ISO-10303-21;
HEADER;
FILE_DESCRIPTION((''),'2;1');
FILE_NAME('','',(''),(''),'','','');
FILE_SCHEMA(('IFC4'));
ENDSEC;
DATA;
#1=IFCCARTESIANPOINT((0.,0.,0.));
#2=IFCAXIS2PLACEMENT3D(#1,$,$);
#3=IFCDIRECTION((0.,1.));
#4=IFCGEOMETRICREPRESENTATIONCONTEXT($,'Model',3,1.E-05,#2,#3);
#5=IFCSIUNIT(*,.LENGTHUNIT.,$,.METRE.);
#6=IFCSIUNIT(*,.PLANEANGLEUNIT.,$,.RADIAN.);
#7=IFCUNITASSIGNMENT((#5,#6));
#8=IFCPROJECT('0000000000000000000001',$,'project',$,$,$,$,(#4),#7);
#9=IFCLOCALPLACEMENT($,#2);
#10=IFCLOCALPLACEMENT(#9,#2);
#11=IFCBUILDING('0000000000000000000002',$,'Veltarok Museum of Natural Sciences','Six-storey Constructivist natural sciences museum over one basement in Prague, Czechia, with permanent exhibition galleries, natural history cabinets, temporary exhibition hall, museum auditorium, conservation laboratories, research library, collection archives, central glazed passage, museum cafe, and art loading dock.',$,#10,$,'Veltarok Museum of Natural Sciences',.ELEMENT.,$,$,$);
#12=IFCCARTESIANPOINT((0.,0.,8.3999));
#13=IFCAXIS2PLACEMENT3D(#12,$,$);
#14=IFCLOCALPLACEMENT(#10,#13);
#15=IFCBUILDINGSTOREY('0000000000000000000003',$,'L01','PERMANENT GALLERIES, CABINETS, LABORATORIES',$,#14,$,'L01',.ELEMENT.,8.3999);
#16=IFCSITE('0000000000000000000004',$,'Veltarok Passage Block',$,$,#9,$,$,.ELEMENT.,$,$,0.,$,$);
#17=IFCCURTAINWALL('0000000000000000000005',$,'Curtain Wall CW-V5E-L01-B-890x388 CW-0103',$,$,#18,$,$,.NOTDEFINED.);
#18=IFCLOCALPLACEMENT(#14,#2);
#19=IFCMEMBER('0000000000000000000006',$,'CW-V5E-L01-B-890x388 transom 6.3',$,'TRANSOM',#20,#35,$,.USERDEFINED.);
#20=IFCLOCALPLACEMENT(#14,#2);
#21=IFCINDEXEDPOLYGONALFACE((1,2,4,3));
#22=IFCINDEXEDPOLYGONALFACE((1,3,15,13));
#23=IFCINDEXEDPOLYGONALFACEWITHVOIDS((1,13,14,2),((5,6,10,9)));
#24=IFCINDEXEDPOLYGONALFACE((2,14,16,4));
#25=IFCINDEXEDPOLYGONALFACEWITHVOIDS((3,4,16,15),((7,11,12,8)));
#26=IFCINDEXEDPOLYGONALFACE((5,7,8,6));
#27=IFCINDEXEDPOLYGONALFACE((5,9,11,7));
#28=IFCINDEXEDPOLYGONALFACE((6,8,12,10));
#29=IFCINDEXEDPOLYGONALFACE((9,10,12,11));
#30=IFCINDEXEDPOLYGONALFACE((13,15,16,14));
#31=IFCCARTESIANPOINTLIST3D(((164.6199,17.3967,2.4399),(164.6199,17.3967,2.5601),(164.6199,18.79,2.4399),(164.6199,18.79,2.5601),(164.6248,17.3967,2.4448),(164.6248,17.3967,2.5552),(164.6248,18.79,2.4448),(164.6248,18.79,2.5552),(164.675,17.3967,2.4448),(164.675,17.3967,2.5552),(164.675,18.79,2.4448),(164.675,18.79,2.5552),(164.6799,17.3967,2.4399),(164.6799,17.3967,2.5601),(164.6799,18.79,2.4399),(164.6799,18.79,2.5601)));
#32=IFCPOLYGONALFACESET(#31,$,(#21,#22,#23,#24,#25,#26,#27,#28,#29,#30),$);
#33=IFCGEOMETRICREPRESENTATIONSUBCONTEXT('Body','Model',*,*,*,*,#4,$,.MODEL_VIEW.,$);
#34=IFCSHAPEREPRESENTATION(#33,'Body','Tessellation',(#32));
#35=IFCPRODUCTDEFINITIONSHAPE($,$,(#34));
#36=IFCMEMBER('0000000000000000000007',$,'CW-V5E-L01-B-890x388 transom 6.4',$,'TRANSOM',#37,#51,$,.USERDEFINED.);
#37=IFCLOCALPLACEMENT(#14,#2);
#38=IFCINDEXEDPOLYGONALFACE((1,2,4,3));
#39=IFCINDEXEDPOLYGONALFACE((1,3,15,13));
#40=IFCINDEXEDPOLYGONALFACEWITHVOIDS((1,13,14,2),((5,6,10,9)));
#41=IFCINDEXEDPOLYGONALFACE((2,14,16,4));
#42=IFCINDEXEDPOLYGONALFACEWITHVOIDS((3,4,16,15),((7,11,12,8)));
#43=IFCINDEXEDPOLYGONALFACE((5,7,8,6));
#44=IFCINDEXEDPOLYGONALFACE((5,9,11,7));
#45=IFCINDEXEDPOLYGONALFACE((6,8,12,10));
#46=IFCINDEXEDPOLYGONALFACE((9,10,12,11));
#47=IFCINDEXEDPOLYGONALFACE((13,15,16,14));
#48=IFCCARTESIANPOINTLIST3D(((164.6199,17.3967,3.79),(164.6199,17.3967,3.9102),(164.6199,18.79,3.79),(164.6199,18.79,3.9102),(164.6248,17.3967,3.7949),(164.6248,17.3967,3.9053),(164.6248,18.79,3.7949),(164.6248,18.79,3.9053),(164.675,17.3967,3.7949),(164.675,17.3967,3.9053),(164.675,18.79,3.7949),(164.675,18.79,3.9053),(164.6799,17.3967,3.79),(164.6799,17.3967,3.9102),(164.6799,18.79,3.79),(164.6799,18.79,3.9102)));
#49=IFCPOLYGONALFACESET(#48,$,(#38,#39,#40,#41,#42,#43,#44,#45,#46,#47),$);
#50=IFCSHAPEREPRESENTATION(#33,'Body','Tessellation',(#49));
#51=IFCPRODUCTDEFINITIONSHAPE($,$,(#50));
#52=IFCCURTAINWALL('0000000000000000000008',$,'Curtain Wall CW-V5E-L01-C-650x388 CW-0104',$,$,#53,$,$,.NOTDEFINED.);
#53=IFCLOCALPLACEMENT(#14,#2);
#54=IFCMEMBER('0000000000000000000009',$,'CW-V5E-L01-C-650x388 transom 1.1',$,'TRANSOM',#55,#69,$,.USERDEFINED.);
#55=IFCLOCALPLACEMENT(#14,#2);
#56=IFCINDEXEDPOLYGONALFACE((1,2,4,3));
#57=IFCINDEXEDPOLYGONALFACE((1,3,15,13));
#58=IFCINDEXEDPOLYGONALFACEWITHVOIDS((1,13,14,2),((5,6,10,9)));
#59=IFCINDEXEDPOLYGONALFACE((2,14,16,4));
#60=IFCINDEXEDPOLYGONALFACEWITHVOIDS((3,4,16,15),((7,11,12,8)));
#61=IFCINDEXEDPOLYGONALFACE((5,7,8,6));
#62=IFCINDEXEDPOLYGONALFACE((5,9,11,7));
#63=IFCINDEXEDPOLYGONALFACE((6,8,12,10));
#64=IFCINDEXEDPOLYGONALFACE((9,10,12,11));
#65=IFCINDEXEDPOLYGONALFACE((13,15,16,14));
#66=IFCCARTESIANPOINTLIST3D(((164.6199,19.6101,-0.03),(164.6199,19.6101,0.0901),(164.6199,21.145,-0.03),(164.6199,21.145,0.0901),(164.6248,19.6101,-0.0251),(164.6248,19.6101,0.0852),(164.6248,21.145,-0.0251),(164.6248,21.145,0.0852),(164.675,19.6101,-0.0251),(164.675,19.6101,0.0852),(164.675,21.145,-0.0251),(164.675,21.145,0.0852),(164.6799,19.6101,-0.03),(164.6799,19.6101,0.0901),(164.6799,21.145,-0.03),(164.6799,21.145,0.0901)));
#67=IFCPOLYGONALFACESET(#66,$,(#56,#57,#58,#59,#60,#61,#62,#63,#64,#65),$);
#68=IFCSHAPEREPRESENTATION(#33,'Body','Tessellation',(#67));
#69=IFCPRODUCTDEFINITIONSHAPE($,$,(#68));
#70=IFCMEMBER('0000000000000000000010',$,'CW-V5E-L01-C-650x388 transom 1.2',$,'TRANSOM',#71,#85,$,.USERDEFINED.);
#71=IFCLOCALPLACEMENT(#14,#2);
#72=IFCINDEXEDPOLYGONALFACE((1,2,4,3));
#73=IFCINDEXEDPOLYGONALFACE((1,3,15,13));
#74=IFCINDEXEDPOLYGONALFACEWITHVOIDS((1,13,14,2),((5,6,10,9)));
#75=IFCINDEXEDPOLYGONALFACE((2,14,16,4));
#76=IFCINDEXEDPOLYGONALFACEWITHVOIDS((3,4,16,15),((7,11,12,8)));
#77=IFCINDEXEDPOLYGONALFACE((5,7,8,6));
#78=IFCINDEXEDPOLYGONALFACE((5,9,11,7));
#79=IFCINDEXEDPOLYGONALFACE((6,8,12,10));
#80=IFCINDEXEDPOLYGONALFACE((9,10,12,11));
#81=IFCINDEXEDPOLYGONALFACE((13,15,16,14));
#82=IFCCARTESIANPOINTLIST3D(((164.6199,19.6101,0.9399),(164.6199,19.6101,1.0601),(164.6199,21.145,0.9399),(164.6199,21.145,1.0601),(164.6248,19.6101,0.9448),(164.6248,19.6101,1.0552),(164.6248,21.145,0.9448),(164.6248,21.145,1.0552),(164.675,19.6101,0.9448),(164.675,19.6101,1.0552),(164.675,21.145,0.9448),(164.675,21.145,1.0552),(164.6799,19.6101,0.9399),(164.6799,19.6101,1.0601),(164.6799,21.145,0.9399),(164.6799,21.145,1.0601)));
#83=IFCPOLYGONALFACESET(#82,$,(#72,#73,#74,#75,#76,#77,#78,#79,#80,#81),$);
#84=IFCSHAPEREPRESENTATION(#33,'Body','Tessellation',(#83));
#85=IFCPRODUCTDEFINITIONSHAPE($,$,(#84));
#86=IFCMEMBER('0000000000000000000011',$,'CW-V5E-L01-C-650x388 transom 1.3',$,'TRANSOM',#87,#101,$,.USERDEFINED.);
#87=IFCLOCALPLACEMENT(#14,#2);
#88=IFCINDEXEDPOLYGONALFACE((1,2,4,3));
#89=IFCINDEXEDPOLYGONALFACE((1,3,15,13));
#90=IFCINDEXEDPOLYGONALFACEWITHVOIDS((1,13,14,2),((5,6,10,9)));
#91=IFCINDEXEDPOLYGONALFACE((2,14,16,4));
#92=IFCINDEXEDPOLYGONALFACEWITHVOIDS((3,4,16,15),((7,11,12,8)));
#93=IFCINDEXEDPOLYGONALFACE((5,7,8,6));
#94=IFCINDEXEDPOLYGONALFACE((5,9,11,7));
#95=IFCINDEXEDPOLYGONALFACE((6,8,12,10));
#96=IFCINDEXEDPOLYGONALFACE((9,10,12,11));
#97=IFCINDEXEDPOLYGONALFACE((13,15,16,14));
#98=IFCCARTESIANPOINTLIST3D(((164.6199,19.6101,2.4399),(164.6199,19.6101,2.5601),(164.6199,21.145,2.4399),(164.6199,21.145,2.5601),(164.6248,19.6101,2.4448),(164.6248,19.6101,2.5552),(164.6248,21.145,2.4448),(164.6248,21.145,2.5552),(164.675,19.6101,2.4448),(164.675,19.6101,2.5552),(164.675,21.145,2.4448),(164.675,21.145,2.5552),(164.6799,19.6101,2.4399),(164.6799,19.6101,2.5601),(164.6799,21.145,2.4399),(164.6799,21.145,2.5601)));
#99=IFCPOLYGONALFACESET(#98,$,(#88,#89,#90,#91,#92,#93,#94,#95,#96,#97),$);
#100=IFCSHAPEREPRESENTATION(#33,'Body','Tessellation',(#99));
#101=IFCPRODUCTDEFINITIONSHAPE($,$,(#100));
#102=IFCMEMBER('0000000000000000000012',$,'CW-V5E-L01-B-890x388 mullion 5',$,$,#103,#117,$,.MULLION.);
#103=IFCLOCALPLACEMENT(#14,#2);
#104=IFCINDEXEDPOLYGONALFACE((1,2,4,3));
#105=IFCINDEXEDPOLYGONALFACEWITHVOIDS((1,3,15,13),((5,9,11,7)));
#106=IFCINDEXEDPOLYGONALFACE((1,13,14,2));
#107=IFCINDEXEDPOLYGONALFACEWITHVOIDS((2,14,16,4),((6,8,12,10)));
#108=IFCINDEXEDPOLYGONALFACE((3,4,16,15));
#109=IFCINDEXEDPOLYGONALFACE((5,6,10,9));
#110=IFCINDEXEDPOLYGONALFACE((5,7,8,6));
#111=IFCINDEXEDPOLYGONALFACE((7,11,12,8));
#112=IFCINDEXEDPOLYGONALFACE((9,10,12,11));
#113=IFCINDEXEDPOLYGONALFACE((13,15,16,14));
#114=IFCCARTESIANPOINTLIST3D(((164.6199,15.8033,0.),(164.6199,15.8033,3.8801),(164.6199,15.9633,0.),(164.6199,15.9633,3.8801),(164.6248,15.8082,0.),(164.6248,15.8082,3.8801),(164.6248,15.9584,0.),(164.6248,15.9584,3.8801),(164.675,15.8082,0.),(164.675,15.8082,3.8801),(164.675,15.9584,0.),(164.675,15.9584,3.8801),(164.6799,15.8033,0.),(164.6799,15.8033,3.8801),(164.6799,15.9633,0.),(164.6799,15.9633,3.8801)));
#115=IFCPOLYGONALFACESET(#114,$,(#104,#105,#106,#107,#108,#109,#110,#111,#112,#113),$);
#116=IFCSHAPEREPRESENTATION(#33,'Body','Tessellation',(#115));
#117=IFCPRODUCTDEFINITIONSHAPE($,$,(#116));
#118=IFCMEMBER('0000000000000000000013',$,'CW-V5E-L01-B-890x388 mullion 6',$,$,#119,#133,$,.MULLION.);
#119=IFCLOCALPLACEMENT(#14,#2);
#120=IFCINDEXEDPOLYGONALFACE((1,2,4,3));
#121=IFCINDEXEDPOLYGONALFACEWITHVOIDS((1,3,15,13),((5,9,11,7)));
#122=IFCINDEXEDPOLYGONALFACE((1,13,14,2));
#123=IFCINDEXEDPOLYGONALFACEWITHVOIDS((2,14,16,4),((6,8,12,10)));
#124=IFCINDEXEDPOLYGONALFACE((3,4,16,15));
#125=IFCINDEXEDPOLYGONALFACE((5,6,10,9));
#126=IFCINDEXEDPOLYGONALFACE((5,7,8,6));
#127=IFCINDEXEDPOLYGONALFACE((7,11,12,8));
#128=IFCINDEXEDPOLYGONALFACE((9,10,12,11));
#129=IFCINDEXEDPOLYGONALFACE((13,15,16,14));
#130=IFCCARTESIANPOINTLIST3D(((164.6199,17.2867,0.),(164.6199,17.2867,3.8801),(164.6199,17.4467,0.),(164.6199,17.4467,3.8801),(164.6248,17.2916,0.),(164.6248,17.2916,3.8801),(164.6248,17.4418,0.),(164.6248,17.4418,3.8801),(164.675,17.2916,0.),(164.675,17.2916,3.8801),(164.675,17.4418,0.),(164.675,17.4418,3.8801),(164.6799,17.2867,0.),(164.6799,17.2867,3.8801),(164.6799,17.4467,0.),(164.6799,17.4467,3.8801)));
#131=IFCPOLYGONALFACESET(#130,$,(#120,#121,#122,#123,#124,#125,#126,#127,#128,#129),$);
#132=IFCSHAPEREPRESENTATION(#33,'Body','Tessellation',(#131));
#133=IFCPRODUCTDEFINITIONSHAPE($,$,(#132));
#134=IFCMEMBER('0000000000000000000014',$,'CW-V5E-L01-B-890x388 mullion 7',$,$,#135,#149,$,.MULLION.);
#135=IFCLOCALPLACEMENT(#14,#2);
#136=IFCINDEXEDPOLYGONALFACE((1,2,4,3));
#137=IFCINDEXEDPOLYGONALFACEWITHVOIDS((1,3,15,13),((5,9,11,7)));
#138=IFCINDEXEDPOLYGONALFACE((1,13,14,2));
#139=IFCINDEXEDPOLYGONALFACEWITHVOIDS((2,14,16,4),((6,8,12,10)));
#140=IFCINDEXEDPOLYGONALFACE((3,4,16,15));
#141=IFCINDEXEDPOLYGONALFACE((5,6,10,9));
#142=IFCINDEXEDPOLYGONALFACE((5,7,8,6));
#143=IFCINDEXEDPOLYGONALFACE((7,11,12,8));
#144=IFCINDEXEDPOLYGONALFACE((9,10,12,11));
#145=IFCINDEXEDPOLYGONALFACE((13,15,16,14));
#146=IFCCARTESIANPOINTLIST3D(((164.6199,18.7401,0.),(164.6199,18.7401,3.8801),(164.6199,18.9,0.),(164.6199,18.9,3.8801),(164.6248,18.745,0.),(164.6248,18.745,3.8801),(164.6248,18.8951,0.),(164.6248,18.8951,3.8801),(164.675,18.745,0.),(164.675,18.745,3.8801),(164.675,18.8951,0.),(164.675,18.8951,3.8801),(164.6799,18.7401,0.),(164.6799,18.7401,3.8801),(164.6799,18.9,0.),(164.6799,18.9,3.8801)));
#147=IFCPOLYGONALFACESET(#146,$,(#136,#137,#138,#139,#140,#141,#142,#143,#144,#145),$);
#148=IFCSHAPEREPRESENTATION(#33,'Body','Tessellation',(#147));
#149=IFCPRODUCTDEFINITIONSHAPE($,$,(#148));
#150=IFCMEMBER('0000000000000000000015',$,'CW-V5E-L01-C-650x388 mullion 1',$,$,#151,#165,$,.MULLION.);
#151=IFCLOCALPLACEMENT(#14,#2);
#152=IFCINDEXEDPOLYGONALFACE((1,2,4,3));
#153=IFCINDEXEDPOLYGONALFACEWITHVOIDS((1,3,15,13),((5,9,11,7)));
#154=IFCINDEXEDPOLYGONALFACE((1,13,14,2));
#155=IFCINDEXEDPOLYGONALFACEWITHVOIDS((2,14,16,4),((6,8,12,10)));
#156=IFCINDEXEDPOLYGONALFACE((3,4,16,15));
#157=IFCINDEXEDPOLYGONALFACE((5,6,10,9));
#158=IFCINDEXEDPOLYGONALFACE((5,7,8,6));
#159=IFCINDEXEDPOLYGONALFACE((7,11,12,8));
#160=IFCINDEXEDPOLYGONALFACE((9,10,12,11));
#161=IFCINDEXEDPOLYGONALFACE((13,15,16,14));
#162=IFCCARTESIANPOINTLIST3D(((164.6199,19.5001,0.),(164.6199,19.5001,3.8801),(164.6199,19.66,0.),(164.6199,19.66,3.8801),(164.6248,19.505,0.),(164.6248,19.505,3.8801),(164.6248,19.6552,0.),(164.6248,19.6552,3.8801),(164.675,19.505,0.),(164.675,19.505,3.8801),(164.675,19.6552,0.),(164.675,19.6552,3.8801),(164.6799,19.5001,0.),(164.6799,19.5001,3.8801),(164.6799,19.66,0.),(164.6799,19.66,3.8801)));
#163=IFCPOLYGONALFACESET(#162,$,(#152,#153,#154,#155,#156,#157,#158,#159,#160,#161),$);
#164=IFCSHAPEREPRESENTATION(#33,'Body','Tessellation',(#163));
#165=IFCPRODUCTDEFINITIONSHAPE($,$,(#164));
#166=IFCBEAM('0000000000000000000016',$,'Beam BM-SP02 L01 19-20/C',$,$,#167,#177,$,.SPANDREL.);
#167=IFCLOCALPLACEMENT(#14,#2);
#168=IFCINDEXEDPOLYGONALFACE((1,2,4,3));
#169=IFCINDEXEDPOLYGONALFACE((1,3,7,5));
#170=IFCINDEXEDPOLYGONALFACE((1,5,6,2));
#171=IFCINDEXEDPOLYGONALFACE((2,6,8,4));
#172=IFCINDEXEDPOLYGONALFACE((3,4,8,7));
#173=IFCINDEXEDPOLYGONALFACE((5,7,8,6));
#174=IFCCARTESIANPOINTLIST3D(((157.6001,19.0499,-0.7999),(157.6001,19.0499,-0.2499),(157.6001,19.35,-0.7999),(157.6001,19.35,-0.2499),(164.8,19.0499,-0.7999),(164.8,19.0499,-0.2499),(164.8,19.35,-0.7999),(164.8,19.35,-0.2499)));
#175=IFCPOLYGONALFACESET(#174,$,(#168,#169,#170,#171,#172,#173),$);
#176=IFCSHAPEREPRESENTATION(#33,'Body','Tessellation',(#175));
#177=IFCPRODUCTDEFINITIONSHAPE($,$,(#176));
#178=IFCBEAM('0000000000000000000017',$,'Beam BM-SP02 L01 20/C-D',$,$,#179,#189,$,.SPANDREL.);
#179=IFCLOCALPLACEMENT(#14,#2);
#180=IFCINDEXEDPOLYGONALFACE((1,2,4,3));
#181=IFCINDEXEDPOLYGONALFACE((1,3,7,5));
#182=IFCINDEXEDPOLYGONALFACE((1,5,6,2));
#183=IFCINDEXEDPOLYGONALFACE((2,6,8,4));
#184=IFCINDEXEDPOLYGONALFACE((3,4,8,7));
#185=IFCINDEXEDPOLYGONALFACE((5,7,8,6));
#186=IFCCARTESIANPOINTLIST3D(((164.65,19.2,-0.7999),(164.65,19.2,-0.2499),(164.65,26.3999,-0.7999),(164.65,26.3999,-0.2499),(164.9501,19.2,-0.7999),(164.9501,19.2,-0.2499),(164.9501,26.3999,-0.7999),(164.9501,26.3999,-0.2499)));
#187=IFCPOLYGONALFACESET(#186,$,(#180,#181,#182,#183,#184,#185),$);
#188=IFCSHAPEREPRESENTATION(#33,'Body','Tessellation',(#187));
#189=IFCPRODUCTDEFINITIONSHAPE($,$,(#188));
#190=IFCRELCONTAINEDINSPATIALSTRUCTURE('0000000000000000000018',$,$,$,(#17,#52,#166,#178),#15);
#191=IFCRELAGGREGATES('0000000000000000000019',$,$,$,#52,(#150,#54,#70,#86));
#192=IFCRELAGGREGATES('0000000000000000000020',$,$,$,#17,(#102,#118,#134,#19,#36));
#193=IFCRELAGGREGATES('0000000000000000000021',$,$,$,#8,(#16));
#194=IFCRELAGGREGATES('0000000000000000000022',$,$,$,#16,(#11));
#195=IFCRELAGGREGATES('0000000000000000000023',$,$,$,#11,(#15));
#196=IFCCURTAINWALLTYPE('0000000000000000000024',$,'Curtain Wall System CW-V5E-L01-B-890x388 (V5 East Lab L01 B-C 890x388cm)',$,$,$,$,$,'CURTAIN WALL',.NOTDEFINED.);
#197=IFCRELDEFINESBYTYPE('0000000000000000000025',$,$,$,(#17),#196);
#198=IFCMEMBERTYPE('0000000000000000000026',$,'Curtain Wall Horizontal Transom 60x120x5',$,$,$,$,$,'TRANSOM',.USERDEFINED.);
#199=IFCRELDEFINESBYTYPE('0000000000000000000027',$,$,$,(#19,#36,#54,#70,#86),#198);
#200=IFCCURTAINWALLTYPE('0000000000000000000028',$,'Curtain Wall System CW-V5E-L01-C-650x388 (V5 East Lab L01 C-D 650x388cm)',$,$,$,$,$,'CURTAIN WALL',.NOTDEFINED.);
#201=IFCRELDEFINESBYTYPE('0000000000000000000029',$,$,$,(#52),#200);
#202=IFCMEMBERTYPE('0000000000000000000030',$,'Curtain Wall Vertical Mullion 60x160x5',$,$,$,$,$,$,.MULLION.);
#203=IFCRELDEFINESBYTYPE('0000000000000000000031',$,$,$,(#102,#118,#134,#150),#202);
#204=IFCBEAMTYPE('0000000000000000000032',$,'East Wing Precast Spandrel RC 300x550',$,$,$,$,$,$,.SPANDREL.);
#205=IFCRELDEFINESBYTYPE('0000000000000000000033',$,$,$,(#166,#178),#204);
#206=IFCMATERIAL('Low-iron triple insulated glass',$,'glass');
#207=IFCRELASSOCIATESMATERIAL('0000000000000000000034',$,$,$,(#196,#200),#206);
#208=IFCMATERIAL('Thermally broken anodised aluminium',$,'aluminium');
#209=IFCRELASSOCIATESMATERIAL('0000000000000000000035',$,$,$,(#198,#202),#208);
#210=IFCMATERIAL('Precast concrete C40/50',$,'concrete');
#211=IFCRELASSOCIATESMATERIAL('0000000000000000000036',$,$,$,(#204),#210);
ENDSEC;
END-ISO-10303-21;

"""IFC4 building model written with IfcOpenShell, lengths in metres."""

from ifc_helpers import new_model, si_unit, direction, frame, origin, origin_2d, place, context, subcontext, project, spatial, rectangle, hollow_rectangle, extrude, material, material_profile, profile_set, type_object, element, aggregate, save


model = new_model("IFC4")

# Units and contexts
model_context = context("Model", 3, precision=1e-05, world=origin(), true_north=direction((0.0, 1.0)))
body_context = subcontext(model_context, "Body", "Model", "MODEL_VIEW")
ifc_project = project(units=[si_unit("LENGTHUNIT", "METRE"), si_unit("PLANEANGLEUNIT", "RADIAN")], contexts=[model_context])

# Site, building, storey
site_placement = place(None, origin())
site = spatial("IfcSite", under=ifc_project, at=site_placement, Name="Veltarok Passage Block", CompositionType="ELEMENT", RefElevation=0.0)
building_placement = place(site_placement, origin())
building = spatial("IfcBuilding", under=site, at=building_placement, Name="Veltarok Museum of Natural Sciences", Description="Six-storey Constructivist natural sciences museum over one basement in Prague, Czechia, with permanent exhibition galleries, natural history cabinets, temporary exhibition hall, museum auditorium, conservation laboratories, research library, collection archives, central glazed passage, museum cafe, and art loading dock.", LongName="Veltarok Museum of Natural Sciences", CompositionType="ELEMENT")
storey_placement = place(building_placement, frame((0.0, 0.0, 8.3999)))
storey = spatial("IfcBuildingStorey", under=building, at=storey_placement, Name="L01", Description="PERMANENT GALLERIES, CABINETS, LABORATORIES", LongName="L01", CompositionType="ELEMENT", Elevation=8.3999)

# Curtain walls, members
ifc_material_1 = material(Name="Low-iron triple insulated glass", Category="glass")
curtain_wall_type_1 = type_object("IfcCurtainWallType", Name="Curtain Wall System CW-V5E-L01-B-890x388 (V5 East Lab L01 B-C 890x388cm)", ElementType="CURTAIN WALL", PredefinedType="NOTDEFINED", material=ifc_material_1)
curtain_wall_1_placement = place(storey_placement, origin())
curtain_wall_1 = element("IfcCurtainWall", 1, at=curtain_wall_1_placement, inside=storey, type_object=curtain_wall_type_1, Name="Curtain Wall CW-V5E-L01-B-890x388 CW-0103", PredefinedType="NOTDEFINED")
ifc_material_2 = material(Name="Thermally broken anodised aluminium", Category="aluminium")
ifc_material_profile_1 = material_profile(ifc_material_2, hollow_rectangle(XDim=0.0601, YDim=0.1201, WallThickness=0.0049, at=origin_2d()), Name="CW TRANSOM 60x120x5")
ifc_profile_set_1 = profile_set([ifc_material_profile_1], Name="Thermally broken anodised aluminium")
member_type_1 = type_object("IfcMemberType", Name="Curtain Wall Horizontal Transom 60x120x5", ElementType="TRANSOM", PredefinedType="USERDEFINED", material=ifc_profile_set_1)
member_1_placement = place(storey_placement, frame((164.6499, 17.3967, 2.5), z_axis=(0.0, 1.0, 0.0), x_axis=(-1.0, 0.0, 0.0)))
member_1 = element("IfcMember", 2, at=member_1_placement, type_object=member_type_1, Name="CW-V5E-L01-B-890x388 transom 6.3", ObjectType="TRANSOM", PredefinedType="USERDEFINED", context=body_context, shape_type="SweptSolid", body=[
    extrude(hollow_rectangle(XDim=0.0601, YDim=0.1201, WallThickness=0.0049, at=origin_2d()), origin(), (0.0, 0.0, 1.0), 1.3933),
])
member_2_placement = place(storey_placement, frame((164.6499, 17.3967, 3.8501), z_axis=(0.0, 1.0, 0.0), x_axis=(-1.0, 0.0, 0.0)))
member_2 = element("IfcMember", 3, at=member_2_placement, type_object=member_type_1, Name="CW-V5E-L01-B-890x388 transom 6.4", ObjectType="TRANSOM", PredefinedType="USERDEFINED", context=body_context, shape_type="SweptSolid", body=[
    extrude(hollow_rectangle(XDim=0.0601, YDim=0.1201, WallThickness=0.0049, at=origin_2d()), origin(), (0.0, 0.0, 1.0), 1.3933),
])
curtain_wall_type_2 = type_object("IfcCurtainWallType", Name="Curtain Wall System CW-V5E-L01-C-650x388 (V5 East Lab L01 C-D 650x388cm)", ElementType="CURTAIN WALL", PredefinedType="NOTDEFINED", material=ifc_material_1)
curtain_wall_2_placement = place(storey_placement, origin())
curtain_wall_2 = element("IfcCurtainWall", 4, at=curtain_wall_2_placement, inside=storey, type_object=curtain_wall_type_2, Name="Curtain Wall CW-V5E-L01-C-650x388 CW-0104", PredefinedType="NOTDEFINED")
member_3_placement = place(storey_placement, frame((164.6499, 19.6101, 0.03), z_axis=(0.0, 1.0, 0.0), x_axis=(-1.0, 0.0, 0.0)))
member_3 = element("IfcMember", 5, at=member_3_placement, type_object=member_type_1, Name="CW-V5E-L01-C-650x388 transom 1.1", ObjectType="TRANSOM", PredefinedType="USERDEFINED", context=body_context, shape_type="SweptSolid", body=[
    extrude(hollow_rectangle(XDim=0.0601, YDim=0.1201, WallThickness=0.0049, at=origin_2d()), origin(), (0.0, 0.0, 1.0), 1.5349),
])
member_4_placement = place(storey_placement, frame((164.6499, 19.6101, 1.0), z_axis=(0.0, 1.0, 0.0), x_axis=(-1.0, 0.0, 0.0)))
member_4 = element("IfcMember", 6, at=member_4_placement, type_object=member_type_1, Name="CW-V5E-L01-C-650x388 transom 1.2", ObjectType="TRANSOM", PredefinedType="USERDEFINED", context=body_context, shape_type="SweptSolid", body=[
    extrude(hollow_rectangle(XDim=0.0601, YDim=0.1201, WallThickness=0.0049, at=origin_2d()), origin(), (0.0, 0.0, 1.0), 1.5349),
])
member_5_placement = place(storey_placement, frame((164.6499, 19.6101, 2.5), z_axis=(0.0, 1.0, 0.0), x_axis=(-1.0, 0.0, 0.0)))
member_5 = element("IfcMember", 7, at=member_5_placement, type_object=member_type_1, Name="CW-V5E-L01-C-650x388 transom 1.3", ObjectType="TRANSOM", PredefinedType="USERDEFINED", context=body_context, shape_type="SweptSolid", body=[
    extrude(hollow_rectangle(XDim=0.0601, YDim=0.1201, WallThickness=0.0049, at=origin_2d()), origin(), (0.0, 0.0, 1.0), 1.5349),
])

# Members
ifc_material_profile_2 = material_profile(ifc_material_2, hollow_rectangle(XDim=0.0601, YDim=0.1599, WallThickness=0.0049, at=origin_2d()), Name="CW MULLION 60x160x5")
ifc_profile_set_2 = profile_set([ifc_material_profile_2], Name="Thermally broken anodised aluminium")
member_type_2 = type_object("IfcMemberType", Name="Curtain Wall Vertical Mullion 60x160x5", PredefinedType="MULLION", material=ifc_profile_set_2)
member_6_placement = place(storey_placement, frame((164.6499, 15.8833, 0.0), z_axis=(0.0, 0.0, 1.0), x_axis=(-1.0, 0.0, 0.0)))
member_6 = element("IfcMember", 8, at=member_6_placement, type_object=member_type_2, Name="CW-V5E-L01-B-890x388 mullion 5", PredefinedType="MULLION", context=body_context, shape_type="SweptSolid", body=[
    extrude(hollow_rectangle(XDim=0.0601, YDim=0.1599, WallThickness=0.0049, at=origin_2d()), origin(), (0.0, 0.0, 1.0), 3.8801),
])
member_7_placement = place(storey_placement, frame((164.6499, 17.3667, 0.0), z_axis=(0.0, 0.0, 1.0), x_axis=(-1.0, 0.0, 0.0)))
member_7 = element("IfcMember", 9, at=member_7_placement, type_object=member_type_2, Name="CW-V5E-L01-B-890x388 mullion 6", PredefinedType="MULLION", context=body_context, shape_type="SweptSolid", body=[
    extrude(hollow_rectangle(XDim=0.0601, YDim=0.1599, WallThickness=0.0049, at=origin_2d()), origin(), (0.0, 0.0, 1.0), 3.8801),
])
member_8_placement = place(storey_placement, frame((164.6499, 18.8201, 0.0), z_axis=(0.0, 0.0, 1.0), x_axis=(-1.0, 0.0, 0.0)))
member_8 = element("IfcMember", 10, at=member_8_placement, type_object=member_type_2, Name="CW-V5E-L01-B-890x388 mullion 7", PredefinedType="MULLION", context=body_context, shape_type="SweptSolid", body=[
    extrude(hollow_rectangle(XDim=0.0601, YDim=0.1599, WallThickness=0.0049, at=origin_2d()), origin(), (0.0, 0.0, 1.0), 3.8801),
])
member_9_placement = place(storey_placement, frame((164.6499, 19.5801, 0.0), z_axis=(0.0, 0.0, 1.0), x_axis=(-1.0, 0.0, 0.0)))
member_9 = element("IfcMember", 11, at=member_9_placement, type_object=member_type_2, Name="CW-V5E-L01-C-650x388 mullion 1", PredefinedType="MULLION", context=body_context, shape_type="SweptSolid", body=[
    extrude(hollow_rectangle(XDim=0.0601, YDim=0.1599, WallThickness=0.0049, at=origin_2d()), origin(), (0.0, 0.0, 1.0), 3.8801),
])
aggregate(curtain_wall_2, [member_9, member_3, member_4, member_5])

# Beams
ifc_material_3 = material(Name="Precast concrete C40/50", Category="concrete")
ifc_material_profile_3 = material_profile(ifc_material_3, rectangle(XDim=0.3, YDim=0.55, at=origin_2d()), Name="RC 300x550")
ifc_profile_set_3 = profile_set([ifc_material_profile_3], Name="Precast concrete C40/50")
beam_type_1 = type_object("IfcBeamType", Name="East Wing Precast Spandrel RC 300x550", PredefinedType="SPANDREL", material=ifc_profile_set_3)
for number, where, z_axis, x_axis, name in (
    (12, (157.6001, 19.2, -0.5249), (1.0, 0.0, 0.0), (0.0, 1.0, 0.0), "Beam BM-SP02 L01 19-20/C"),
    (13, (164.8, 19.2, -0.5249), (0.0, 1.0, 0.0), (-1.0, 0.0, 0.0), "Beam BM-SP02 L01 20/C-D"),
):
    element("IfcBeam", number, at=place(storey_placement, frame(where, z_axis=z_axis, x_axis=x_axis)), inside=storey, type_object=beam_type_1, Name=name, PredefinedType="SPANDREL", context=body_context, shape_type="SweptSolid", body=[
        extrude(rectangle(XDim=0.3, YDim=0.55, at=origin_2d()), origin(), (0.0, 0.0, 1.0), 7.2),
    ])

aggregate(curtain_wall_1, [member_6, member_7, member_8, member_1, member_2])

save(model, "model.ifc")
